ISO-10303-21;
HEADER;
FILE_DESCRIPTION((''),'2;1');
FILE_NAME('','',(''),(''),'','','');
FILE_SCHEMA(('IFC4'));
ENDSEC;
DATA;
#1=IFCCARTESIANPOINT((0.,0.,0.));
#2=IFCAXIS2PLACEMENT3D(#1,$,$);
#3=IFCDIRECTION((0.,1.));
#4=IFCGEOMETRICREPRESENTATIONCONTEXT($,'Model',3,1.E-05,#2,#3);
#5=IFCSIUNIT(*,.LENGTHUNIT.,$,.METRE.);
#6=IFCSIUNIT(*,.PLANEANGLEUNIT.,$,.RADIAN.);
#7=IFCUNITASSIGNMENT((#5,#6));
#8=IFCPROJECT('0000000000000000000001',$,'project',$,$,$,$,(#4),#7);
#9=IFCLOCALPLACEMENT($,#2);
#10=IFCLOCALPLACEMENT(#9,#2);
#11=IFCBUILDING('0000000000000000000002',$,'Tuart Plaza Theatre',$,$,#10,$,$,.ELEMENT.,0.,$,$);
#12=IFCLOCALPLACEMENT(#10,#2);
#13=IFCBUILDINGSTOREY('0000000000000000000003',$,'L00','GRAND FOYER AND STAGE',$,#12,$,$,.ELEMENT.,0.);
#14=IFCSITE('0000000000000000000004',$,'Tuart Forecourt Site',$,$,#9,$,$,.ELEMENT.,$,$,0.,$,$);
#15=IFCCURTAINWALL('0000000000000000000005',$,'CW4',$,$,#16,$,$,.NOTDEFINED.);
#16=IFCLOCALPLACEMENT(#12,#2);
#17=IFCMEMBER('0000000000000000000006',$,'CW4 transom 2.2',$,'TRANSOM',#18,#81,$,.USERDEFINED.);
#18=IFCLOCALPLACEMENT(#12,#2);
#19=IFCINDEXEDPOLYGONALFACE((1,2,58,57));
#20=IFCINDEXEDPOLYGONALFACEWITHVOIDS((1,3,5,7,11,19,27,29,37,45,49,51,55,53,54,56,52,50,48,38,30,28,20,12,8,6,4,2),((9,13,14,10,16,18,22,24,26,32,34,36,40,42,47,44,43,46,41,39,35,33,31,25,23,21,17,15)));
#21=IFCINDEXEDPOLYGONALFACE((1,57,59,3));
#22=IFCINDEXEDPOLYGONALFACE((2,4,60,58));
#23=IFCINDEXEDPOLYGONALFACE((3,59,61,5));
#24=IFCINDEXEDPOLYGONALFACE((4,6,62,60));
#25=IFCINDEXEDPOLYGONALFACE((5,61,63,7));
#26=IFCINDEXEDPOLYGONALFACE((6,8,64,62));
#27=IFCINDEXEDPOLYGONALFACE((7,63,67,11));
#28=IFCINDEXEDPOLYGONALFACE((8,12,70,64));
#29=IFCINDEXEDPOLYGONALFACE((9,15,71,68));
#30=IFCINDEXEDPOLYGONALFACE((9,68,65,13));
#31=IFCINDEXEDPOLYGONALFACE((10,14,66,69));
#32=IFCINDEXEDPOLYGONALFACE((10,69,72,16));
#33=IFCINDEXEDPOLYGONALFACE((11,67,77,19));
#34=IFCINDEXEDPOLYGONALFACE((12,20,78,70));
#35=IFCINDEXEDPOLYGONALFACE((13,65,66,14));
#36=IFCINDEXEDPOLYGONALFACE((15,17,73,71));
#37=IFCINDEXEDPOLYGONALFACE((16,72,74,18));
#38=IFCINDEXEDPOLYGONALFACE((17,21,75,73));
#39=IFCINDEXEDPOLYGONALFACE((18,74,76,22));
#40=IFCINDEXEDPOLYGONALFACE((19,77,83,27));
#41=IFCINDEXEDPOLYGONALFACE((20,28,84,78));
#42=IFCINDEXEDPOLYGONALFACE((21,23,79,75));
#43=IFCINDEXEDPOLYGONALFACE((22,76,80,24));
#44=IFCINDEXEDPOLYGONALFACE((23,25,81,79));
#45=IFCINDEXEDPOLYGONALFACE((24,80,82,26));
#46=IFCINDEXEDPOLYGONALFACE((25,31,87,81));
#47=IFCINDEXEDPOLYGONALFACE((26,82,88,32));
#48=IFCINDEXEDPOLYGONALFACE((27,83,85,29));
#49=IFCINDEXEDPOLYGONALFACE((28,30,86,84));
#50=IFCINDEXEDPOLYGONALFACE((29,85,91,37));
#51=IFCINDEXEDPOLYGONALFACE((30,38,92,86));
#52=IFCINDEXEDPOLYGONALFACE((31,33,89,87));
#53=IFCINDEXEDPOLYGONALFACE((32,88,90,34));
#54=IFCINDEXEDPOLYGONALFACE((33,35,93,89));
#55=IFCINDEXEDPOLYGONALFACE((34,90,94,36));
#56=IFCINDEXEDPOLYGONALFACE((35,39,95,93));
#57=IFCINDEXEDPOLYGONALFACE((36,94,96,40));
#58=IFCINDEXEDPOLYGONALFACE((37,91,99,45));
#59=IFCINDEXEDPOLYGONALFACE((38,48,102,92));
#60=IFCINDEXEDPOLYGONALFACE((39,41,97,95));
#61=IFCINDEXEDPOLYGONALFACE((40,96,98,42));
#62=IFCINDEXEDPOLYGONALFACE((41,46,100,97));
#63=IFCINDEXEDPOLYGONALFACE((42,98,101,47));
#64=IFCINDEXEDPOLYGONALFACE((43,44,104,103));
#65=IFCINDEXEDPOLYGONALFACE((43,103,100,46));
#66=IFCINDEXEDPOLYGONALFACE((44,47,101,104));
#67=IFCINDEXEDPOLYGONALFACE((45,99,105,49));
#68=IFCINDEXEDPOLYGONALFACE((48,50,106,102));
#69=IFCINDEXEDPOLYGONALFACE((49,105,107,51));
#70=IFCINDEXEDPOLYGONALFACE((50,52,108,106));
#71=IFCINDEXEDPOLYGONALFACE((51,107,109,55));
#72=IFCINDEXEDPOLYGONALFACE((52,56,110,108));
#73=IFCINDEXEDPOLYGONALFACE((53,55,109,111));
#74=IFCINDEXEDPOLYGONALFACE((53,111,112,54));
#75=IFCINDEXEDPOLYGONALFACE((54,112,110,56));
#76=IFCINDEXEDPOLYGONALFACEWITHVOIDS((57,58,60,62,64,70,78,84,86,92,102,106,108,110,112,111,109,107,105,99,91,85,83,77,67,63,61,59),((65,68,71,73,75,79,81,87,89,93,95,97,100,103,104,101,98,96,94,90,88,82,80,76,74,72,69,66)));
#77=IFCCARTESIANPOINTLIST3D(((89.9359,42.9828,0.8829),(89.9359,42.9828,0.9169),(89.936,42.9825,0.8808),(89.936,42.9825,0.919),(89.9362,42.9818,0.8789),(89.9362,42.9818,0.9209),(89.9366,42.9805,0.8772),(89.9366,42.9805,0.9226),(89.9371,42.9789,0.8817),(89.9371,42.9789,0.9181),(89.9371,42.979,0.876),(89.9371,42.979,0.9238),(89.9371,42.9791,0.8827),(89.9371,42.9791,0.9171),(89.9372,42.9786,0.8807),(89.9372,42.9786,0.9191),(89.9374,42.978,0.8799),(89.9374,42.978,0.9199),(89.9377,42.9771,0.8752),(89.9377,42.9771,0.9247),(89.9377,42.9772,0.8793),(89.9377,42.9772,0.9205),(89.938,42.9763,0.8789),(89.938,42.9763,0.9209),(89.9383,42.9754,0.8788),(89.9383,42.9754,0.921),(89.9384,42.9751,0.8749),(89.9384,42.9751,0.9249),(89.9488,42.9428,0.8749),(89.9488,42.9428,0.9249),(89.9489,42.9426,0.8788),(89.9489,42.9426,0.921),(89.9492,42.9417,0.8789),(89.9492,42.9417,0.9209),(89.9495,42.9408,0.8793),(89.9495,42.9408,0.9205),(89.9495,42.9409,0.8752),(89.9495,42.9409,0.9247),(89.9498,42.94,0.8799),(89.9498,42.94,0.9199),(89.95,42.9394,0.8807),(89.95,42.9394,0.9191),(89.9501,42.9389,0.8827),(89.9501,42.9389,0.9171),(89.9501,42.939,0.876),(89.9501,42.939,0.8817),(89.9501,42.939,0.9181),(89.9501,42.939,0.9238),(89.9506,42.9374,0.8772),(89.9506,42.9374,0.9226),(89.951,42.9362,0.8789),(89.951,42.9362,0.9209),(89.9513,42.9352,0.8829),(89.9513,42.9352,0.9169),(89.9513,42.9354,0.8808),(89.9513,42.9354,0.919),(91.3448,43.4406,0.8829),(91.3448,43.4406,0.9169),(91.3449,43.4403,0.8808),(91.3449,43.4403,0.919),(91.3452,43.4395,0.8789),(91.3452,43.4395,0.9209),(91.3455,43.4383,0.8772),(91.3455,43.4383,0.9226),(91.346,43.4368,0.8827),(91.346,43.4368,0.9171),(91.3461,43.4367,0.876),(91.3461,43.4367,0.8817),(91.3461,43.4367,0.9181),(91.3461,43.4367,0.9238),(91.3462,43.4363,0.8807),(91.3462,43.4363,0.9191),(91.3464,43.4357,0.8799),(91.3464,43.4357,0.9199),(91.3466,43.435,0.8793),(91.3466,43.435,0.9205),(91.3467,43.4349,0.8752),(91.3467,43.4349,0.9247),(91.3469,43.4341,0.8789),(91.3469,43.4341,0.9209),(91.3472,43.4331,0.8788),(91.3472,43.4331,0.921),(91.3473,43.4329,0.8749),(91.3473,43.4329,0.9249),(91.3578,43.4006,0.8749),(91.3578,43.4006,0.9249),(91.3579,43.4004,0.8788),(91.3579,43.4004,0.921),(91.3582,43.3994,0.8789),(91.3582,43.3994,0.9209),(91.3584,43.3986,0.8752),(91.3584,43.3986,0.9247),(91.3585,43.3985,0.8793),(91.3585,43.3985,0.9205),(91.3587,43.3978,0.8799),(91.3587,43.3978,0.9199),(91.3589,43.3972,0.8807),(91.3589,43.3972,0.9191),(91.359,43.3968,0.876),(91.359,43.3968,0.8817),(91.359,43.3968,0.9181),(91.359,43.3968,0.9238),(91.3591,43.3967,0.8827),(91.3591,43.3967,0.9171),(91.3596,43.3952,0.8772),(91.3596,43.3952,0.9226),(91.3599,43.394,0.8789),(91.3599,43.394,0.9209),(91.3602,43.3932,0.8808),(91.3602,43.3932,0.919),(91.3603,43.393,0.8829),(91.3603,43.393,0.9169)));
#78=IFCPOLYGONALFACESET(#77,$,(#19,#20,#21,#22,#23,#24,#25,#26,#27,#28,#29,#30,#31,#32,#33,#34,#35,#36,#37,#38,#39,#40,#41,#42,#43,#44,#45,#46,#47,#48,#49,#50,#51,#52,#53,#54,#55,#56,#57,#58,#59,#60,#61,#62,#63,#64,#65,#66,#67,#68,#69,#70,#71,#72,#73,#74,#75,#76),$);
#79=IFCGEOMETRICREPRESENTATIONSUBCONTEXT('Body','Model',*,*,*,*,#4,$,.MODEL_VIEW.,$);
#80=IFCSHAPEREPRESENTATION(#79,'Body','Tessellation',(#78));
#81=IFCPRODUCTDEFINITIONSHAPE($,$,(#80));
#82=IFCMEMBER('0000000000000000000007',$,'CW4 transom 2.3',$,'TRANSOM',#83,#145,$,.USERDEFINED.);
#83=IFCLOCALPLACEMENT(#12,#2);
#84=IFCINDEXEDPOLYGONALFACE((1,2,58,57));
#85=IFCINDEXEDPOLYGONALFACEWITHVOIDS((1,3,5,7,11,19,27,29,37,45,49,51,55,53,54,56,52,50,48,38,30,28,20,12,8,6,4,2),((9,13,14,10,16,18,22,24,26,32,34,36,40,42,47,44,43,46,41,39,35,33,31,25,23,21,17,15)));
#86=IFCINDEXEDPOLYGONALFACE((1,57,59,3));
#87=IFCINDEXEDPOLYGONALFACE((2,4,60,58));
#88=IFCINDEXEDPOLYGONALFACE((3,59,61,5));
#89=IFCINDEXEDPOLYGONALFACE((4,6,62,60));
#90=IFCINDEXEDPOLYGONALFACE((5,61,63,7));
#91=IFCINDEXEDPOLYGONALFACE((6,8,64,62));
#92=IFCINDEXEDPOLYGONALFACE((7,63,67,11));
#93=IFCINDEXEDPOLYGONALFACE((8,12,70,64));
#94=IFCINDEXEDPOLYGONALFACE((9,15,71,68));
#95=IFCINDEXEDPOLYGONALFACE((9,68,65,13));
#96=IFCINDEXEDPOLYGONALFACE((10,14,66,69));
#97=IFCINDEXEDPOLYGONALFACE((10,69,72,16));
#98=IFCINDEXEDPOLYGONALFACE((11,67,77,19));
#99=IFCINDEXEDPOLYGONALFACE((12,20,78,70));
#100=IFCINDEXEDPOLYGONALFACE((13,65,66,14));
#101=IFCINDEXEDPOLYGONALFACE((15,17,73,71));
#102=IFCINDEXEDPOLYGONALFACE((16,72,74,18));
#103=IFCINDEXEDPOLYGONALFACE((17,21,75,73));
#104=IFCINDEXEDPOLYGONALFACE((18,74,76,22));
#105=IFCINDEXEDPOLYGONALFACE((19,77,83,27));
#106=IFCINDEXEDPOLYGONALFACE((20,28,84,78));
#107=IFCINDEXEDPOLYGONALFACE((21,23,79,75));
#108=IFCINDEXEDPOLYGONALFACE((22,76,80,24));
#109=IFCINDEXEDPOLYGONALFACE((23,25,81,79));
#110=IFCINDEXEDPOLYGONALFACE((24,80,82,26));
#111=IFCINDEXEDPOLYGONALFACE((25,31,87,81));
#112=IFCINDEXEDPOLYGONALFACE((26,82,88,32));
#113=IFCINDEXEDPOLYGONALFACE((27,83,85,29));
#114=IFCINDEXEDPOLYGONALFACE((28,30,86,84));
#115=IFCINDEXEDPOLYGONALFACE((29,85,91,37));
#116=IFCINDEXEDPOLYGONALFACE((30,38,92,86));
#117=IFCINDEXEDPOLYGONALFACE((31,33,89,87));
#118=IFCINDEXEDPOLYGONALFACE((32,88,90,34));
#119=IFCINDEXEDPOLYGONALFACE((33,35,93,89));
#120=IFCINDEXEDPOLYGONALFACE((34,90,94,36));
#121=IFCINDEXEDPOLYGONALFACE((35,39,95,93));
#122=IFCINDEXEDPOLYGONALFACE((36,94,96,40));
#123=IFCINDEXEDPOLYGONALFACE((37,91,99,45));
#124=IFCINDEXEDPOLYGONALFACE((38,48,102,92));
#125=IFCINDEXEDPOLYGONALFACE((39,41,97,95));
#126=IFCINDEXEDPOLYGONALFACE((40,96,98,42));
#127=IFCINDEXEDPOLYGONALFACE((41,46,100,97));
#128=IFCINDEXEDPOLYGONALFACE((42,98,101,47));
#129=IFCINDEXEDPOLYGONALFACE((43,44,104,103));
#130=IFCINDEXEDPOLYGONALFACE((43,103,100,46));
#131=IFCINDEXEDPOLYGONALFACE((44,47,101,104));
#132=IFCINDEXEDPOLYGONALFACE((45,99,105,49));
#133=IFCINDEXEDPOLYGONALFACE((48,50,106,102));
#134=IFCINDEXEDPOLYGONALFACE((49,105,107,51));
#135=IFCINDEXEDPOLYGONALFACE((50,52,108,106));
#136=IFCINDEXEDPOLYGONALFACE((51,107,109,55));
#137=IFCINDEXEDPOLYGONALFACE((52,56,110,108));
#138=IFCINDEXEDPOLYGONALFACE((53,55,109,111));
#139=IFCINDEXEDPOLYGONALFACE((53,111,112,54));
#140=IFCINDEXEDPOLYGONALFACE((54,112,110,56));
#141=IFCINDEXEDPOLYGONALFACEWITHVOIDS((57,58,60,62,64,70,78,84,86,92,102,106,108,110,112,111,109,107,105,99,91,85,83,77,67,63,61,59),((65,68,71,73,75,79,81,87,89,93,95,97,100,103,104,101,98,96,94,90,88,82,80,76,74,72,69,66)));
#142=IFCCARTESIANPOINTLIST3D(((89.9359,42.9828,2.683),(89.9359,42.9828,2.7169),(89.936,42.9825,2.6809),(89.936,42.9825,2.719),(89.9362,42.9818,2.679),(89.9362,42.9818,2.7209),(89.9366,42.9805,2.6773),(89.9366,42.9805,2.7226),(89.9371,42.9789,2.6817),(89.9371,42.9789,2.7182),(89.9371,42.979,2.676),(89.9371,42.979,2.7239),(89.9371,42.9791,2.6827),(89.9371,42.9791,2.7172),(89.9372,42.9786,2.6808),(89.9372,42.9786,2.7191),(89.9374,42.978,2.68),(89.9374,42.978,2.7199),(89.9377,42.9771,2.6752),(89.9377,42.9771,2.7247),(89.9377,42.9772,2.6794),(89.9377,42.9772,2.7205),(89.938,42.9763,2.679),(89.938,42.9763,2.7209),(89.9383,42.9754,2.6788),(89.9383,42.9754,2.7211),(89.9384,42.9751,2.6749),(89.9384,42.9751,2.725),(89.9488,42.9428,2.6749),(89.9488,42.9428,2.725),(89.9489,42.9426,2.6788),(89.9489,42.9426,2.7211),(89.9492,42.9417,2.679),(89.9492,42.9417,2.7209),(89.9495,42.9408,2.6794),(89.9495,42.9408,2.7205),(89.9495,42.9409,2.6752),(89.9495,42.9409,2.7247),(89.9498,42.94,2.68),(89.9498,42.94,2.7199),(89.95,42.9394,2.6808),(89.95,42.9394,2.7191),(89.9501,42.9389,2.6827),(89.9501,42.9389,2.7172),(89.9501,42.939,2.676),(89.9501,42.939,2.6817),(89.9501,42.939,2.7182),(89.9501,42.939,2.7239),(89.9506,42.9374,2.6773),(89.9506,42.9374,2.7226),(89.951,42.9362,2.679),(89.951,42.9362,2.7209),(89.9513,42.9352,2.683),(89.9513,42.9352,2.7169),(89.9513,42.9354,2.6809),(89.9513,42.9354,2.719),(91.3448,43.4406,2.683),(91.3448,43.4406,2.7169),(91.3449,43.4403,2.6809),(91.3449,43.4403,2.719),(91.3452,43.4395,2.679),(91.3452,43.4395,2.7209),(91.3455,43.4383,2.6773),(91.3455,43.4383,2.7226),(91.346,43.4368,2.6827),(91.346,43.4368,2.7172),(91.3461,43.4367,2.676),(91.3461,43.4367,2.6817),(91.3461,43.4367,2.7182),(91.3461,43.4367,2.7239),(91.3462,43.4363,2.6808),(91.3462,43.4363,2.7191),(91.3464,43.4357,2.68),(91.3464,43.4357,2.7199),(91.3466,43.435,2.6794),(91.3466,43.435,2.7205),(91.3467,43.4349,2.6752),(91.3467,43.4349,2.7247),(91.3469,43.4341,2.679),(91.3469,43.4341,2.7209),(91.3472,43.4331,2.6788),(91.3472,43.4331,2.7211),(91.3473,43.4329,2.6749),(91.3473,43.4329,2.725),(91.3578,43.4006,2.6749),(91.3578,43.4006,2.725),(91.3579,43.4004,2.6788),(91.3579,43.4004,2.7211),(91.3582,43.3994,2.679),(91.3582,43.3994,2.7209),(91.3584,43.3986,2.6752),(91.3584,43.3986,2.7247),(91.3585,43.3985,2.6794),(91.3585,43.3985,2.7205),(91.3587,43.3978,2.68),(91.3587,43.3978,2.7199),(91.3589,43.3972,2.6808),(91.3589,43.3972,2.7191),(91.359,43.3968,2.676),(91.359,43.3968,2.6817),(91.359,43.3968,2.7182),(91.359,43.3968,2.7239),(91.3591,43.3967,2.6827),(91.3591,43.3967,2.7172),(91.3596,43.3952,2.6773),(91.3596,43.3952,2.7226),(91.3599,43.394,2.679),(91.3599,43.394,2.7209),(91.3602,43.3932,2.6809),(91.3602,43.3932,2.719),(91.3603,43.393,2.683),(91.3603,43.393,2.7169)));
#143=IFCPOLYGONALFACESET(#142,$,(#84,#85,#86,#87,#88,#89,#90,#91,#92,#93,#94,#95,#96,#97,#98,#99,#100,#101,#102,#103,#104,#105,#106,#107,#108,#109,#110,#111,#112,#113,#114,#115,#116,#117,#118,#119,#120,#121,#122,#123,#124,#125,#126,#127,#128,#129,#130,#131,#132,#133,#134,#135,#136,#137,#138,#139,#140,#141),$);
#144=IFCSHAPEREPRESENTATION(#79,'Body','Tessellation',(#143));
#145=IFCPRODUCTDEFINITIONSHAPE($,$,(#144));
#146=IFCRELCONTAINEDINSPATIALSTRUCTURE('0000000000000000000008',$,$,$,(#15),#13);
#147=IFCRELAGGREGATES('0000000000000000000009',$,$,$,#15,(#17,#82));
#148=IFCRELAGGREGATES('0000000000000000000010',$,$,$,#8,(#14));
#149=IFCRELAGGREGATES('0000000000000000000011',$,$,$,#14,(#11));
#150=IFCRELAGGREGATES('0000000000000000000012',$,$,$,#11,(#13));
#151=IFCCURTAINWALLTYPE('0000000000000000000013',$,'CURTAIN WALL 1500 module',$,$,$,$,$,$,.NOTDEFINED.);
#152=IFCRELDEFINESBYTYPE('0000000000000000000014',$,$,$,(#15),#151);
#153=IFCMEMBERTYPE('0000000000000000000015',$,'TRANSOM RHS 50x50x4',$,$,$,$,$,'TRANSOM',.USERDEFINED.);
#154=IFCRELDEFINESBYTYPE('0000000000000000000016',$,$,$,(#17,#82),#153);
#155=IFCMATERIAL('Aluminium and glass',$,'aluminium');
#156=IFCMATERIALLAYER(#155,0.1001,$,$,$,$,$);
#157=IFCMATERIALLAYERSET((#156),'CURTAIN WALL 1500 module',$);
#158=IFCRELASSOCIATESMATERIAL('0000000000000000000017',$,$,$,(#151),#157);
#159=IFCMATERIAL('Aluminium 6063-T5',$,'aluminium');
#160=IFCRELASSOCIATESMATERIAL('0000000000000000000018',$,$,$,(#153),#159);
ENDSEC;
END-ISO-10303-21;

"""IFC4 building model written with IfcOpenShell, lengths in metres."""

from ifc_helpers import new_model, si_unit, direction, frame, origin, origin_2d, place, context, subcontext, project, spatial, hollow_rectangle, extrude, material, layer, layer_set, material_profile, profile_set, type_object, element, aggregate, save


model = new_model("IFC4")

# Units and contexts
model_context = context("Model", 3, precision=1e-05, world=origin(), true_north=direction((0.0, 1.0)))
body_context = subcontext(model_context, "Body", "Model", "MODEL_VIEW")
ifc_project = project(units=[si_unit("LENGTHUNIT", "METRE"), si_unit("PLANEANGLEUNIT", "RADIAN")], contexts=[model_context])

# Site, building, storey
site_placement = place(None, origin())
site = spatial("IfcSite", under=ifc_project, at=site_placement, Name="Tuart Forecourt Site", CompositionType="ELEMENT", RefElevation=0.0)
building_placement = place(site_placement, origin())
building = spatial("IfcBuilding", under=site, at=building_placement, Name="Tuart Plaza Theatre", CompositionType="ELEMENT", ElevationOfRefHeight=0.0)
storey_placement = place(building_placement, origin())
storey = spatial("IfcBuildingStorey", under=building, at=storey_placement, Name="L00", Description="GRAND FOYER AND STAGE", CompositionType="ELEMENT", Elevation=0.0)

# Shared definitions
ifc_material_1 = material(Name="Aluminium and glass", Category="aluminium")
ifc_layer_1 = layer(ifc_material_1, 0.1001)
ifc_layer_set_1 = layer_set([ifc_layer_1], Name="CURTAIN WALL 1500 module")
curtain_wall_type = type_object("IfcCurtainWallType", Name="CURTAIN WALL 1500 module", PredefinedType="NOTDEFINED", material=ifc_layer_set_1)

# Curtain wall
curtain_wall_1_placement = place(storey_placement, origin())
curtain_wall_1 = element("IfcCurtainWall", 1, at=curtain_wall_1_placement, inside=storey, type_object=curtain_wall_type, Name="CW4", PredefinedType="NOTDEFINED")

# Members
ifc_material_2 = material(Name="Aluminium 6063-T5", Category="aluminium")
ifc_material_profile_1 = material_profile(ifc_material_2, hollow_rectangle(XDim=0.05, YDim=0.05, WallThickness=0.0039, InnerFilletRadius=0.0039, OuterFilletRadius=0.0081, at=origin_2d()), Name="RHS 50x50x4")
ifc_profile_set_1 = profile_set([ifc_material_profile_1], Name="Aluminium 6063-T5")
member_type_1 = type_object("IfcMemberType", Name="TRANSOM RHS 50x50x4", ElementType="TRANSOM", PredefinedType="USERDEFINED", material=ifc_profile_set_1)
member_1_placement = place(storey_placement, frame((89.9436, 42.959, 0.8999), z_axis=(0.951062, 0.309, 0.0), x_axis=(-0.309, 0.951062, 0.0)))
member_1 = element("IfcMember", 2, at=member_1_placement, type_object=member_type_1, Name="CW4 transom 2.2", ObjectType="TRANSOM", PredefinedType="USERDEFINED", context=body_context, shape_type="SweptSolid", body=[
    extrude(hollow_rectangle(XDim=0.05, YDim=0.05, WallThickness=0.0039, InnerFilletRadius=0.0039, OuterFilletRadius=0.0081, at=origin_2d()), origin(), (0.0, 0.0, 1.0), 1.4814),
])
member_2_placement = place(storey_placement, frame((89.9436, 42.959, 2.7), z_axis=(0.951062, 0.309, 0.0), x_axis=(-0.309, 0.951062, 0.0)))
member_2 = element("IfcMember", 3, at=member_2_placement, type_object=member_type_1, Name="CW4 transom 2.3", ObjectType="TRANSOM", PredefinedType="USERDEFINED", context=body_context, shape_type="SweptSolid", body=[
    extrude(hollow_rectangle(XDim=0.05, YDim=0.05, WallThickness=0.0039, InnerFilletRadius=0.0039, OuterFilletRadius=0.0081, at=origin_2d()), origin(), (0.0, 0.0, 1.0), 1.4814),
])

aggregate(curtain_wall_1, [member_1, member_2])

save(model, "model.ifc")
